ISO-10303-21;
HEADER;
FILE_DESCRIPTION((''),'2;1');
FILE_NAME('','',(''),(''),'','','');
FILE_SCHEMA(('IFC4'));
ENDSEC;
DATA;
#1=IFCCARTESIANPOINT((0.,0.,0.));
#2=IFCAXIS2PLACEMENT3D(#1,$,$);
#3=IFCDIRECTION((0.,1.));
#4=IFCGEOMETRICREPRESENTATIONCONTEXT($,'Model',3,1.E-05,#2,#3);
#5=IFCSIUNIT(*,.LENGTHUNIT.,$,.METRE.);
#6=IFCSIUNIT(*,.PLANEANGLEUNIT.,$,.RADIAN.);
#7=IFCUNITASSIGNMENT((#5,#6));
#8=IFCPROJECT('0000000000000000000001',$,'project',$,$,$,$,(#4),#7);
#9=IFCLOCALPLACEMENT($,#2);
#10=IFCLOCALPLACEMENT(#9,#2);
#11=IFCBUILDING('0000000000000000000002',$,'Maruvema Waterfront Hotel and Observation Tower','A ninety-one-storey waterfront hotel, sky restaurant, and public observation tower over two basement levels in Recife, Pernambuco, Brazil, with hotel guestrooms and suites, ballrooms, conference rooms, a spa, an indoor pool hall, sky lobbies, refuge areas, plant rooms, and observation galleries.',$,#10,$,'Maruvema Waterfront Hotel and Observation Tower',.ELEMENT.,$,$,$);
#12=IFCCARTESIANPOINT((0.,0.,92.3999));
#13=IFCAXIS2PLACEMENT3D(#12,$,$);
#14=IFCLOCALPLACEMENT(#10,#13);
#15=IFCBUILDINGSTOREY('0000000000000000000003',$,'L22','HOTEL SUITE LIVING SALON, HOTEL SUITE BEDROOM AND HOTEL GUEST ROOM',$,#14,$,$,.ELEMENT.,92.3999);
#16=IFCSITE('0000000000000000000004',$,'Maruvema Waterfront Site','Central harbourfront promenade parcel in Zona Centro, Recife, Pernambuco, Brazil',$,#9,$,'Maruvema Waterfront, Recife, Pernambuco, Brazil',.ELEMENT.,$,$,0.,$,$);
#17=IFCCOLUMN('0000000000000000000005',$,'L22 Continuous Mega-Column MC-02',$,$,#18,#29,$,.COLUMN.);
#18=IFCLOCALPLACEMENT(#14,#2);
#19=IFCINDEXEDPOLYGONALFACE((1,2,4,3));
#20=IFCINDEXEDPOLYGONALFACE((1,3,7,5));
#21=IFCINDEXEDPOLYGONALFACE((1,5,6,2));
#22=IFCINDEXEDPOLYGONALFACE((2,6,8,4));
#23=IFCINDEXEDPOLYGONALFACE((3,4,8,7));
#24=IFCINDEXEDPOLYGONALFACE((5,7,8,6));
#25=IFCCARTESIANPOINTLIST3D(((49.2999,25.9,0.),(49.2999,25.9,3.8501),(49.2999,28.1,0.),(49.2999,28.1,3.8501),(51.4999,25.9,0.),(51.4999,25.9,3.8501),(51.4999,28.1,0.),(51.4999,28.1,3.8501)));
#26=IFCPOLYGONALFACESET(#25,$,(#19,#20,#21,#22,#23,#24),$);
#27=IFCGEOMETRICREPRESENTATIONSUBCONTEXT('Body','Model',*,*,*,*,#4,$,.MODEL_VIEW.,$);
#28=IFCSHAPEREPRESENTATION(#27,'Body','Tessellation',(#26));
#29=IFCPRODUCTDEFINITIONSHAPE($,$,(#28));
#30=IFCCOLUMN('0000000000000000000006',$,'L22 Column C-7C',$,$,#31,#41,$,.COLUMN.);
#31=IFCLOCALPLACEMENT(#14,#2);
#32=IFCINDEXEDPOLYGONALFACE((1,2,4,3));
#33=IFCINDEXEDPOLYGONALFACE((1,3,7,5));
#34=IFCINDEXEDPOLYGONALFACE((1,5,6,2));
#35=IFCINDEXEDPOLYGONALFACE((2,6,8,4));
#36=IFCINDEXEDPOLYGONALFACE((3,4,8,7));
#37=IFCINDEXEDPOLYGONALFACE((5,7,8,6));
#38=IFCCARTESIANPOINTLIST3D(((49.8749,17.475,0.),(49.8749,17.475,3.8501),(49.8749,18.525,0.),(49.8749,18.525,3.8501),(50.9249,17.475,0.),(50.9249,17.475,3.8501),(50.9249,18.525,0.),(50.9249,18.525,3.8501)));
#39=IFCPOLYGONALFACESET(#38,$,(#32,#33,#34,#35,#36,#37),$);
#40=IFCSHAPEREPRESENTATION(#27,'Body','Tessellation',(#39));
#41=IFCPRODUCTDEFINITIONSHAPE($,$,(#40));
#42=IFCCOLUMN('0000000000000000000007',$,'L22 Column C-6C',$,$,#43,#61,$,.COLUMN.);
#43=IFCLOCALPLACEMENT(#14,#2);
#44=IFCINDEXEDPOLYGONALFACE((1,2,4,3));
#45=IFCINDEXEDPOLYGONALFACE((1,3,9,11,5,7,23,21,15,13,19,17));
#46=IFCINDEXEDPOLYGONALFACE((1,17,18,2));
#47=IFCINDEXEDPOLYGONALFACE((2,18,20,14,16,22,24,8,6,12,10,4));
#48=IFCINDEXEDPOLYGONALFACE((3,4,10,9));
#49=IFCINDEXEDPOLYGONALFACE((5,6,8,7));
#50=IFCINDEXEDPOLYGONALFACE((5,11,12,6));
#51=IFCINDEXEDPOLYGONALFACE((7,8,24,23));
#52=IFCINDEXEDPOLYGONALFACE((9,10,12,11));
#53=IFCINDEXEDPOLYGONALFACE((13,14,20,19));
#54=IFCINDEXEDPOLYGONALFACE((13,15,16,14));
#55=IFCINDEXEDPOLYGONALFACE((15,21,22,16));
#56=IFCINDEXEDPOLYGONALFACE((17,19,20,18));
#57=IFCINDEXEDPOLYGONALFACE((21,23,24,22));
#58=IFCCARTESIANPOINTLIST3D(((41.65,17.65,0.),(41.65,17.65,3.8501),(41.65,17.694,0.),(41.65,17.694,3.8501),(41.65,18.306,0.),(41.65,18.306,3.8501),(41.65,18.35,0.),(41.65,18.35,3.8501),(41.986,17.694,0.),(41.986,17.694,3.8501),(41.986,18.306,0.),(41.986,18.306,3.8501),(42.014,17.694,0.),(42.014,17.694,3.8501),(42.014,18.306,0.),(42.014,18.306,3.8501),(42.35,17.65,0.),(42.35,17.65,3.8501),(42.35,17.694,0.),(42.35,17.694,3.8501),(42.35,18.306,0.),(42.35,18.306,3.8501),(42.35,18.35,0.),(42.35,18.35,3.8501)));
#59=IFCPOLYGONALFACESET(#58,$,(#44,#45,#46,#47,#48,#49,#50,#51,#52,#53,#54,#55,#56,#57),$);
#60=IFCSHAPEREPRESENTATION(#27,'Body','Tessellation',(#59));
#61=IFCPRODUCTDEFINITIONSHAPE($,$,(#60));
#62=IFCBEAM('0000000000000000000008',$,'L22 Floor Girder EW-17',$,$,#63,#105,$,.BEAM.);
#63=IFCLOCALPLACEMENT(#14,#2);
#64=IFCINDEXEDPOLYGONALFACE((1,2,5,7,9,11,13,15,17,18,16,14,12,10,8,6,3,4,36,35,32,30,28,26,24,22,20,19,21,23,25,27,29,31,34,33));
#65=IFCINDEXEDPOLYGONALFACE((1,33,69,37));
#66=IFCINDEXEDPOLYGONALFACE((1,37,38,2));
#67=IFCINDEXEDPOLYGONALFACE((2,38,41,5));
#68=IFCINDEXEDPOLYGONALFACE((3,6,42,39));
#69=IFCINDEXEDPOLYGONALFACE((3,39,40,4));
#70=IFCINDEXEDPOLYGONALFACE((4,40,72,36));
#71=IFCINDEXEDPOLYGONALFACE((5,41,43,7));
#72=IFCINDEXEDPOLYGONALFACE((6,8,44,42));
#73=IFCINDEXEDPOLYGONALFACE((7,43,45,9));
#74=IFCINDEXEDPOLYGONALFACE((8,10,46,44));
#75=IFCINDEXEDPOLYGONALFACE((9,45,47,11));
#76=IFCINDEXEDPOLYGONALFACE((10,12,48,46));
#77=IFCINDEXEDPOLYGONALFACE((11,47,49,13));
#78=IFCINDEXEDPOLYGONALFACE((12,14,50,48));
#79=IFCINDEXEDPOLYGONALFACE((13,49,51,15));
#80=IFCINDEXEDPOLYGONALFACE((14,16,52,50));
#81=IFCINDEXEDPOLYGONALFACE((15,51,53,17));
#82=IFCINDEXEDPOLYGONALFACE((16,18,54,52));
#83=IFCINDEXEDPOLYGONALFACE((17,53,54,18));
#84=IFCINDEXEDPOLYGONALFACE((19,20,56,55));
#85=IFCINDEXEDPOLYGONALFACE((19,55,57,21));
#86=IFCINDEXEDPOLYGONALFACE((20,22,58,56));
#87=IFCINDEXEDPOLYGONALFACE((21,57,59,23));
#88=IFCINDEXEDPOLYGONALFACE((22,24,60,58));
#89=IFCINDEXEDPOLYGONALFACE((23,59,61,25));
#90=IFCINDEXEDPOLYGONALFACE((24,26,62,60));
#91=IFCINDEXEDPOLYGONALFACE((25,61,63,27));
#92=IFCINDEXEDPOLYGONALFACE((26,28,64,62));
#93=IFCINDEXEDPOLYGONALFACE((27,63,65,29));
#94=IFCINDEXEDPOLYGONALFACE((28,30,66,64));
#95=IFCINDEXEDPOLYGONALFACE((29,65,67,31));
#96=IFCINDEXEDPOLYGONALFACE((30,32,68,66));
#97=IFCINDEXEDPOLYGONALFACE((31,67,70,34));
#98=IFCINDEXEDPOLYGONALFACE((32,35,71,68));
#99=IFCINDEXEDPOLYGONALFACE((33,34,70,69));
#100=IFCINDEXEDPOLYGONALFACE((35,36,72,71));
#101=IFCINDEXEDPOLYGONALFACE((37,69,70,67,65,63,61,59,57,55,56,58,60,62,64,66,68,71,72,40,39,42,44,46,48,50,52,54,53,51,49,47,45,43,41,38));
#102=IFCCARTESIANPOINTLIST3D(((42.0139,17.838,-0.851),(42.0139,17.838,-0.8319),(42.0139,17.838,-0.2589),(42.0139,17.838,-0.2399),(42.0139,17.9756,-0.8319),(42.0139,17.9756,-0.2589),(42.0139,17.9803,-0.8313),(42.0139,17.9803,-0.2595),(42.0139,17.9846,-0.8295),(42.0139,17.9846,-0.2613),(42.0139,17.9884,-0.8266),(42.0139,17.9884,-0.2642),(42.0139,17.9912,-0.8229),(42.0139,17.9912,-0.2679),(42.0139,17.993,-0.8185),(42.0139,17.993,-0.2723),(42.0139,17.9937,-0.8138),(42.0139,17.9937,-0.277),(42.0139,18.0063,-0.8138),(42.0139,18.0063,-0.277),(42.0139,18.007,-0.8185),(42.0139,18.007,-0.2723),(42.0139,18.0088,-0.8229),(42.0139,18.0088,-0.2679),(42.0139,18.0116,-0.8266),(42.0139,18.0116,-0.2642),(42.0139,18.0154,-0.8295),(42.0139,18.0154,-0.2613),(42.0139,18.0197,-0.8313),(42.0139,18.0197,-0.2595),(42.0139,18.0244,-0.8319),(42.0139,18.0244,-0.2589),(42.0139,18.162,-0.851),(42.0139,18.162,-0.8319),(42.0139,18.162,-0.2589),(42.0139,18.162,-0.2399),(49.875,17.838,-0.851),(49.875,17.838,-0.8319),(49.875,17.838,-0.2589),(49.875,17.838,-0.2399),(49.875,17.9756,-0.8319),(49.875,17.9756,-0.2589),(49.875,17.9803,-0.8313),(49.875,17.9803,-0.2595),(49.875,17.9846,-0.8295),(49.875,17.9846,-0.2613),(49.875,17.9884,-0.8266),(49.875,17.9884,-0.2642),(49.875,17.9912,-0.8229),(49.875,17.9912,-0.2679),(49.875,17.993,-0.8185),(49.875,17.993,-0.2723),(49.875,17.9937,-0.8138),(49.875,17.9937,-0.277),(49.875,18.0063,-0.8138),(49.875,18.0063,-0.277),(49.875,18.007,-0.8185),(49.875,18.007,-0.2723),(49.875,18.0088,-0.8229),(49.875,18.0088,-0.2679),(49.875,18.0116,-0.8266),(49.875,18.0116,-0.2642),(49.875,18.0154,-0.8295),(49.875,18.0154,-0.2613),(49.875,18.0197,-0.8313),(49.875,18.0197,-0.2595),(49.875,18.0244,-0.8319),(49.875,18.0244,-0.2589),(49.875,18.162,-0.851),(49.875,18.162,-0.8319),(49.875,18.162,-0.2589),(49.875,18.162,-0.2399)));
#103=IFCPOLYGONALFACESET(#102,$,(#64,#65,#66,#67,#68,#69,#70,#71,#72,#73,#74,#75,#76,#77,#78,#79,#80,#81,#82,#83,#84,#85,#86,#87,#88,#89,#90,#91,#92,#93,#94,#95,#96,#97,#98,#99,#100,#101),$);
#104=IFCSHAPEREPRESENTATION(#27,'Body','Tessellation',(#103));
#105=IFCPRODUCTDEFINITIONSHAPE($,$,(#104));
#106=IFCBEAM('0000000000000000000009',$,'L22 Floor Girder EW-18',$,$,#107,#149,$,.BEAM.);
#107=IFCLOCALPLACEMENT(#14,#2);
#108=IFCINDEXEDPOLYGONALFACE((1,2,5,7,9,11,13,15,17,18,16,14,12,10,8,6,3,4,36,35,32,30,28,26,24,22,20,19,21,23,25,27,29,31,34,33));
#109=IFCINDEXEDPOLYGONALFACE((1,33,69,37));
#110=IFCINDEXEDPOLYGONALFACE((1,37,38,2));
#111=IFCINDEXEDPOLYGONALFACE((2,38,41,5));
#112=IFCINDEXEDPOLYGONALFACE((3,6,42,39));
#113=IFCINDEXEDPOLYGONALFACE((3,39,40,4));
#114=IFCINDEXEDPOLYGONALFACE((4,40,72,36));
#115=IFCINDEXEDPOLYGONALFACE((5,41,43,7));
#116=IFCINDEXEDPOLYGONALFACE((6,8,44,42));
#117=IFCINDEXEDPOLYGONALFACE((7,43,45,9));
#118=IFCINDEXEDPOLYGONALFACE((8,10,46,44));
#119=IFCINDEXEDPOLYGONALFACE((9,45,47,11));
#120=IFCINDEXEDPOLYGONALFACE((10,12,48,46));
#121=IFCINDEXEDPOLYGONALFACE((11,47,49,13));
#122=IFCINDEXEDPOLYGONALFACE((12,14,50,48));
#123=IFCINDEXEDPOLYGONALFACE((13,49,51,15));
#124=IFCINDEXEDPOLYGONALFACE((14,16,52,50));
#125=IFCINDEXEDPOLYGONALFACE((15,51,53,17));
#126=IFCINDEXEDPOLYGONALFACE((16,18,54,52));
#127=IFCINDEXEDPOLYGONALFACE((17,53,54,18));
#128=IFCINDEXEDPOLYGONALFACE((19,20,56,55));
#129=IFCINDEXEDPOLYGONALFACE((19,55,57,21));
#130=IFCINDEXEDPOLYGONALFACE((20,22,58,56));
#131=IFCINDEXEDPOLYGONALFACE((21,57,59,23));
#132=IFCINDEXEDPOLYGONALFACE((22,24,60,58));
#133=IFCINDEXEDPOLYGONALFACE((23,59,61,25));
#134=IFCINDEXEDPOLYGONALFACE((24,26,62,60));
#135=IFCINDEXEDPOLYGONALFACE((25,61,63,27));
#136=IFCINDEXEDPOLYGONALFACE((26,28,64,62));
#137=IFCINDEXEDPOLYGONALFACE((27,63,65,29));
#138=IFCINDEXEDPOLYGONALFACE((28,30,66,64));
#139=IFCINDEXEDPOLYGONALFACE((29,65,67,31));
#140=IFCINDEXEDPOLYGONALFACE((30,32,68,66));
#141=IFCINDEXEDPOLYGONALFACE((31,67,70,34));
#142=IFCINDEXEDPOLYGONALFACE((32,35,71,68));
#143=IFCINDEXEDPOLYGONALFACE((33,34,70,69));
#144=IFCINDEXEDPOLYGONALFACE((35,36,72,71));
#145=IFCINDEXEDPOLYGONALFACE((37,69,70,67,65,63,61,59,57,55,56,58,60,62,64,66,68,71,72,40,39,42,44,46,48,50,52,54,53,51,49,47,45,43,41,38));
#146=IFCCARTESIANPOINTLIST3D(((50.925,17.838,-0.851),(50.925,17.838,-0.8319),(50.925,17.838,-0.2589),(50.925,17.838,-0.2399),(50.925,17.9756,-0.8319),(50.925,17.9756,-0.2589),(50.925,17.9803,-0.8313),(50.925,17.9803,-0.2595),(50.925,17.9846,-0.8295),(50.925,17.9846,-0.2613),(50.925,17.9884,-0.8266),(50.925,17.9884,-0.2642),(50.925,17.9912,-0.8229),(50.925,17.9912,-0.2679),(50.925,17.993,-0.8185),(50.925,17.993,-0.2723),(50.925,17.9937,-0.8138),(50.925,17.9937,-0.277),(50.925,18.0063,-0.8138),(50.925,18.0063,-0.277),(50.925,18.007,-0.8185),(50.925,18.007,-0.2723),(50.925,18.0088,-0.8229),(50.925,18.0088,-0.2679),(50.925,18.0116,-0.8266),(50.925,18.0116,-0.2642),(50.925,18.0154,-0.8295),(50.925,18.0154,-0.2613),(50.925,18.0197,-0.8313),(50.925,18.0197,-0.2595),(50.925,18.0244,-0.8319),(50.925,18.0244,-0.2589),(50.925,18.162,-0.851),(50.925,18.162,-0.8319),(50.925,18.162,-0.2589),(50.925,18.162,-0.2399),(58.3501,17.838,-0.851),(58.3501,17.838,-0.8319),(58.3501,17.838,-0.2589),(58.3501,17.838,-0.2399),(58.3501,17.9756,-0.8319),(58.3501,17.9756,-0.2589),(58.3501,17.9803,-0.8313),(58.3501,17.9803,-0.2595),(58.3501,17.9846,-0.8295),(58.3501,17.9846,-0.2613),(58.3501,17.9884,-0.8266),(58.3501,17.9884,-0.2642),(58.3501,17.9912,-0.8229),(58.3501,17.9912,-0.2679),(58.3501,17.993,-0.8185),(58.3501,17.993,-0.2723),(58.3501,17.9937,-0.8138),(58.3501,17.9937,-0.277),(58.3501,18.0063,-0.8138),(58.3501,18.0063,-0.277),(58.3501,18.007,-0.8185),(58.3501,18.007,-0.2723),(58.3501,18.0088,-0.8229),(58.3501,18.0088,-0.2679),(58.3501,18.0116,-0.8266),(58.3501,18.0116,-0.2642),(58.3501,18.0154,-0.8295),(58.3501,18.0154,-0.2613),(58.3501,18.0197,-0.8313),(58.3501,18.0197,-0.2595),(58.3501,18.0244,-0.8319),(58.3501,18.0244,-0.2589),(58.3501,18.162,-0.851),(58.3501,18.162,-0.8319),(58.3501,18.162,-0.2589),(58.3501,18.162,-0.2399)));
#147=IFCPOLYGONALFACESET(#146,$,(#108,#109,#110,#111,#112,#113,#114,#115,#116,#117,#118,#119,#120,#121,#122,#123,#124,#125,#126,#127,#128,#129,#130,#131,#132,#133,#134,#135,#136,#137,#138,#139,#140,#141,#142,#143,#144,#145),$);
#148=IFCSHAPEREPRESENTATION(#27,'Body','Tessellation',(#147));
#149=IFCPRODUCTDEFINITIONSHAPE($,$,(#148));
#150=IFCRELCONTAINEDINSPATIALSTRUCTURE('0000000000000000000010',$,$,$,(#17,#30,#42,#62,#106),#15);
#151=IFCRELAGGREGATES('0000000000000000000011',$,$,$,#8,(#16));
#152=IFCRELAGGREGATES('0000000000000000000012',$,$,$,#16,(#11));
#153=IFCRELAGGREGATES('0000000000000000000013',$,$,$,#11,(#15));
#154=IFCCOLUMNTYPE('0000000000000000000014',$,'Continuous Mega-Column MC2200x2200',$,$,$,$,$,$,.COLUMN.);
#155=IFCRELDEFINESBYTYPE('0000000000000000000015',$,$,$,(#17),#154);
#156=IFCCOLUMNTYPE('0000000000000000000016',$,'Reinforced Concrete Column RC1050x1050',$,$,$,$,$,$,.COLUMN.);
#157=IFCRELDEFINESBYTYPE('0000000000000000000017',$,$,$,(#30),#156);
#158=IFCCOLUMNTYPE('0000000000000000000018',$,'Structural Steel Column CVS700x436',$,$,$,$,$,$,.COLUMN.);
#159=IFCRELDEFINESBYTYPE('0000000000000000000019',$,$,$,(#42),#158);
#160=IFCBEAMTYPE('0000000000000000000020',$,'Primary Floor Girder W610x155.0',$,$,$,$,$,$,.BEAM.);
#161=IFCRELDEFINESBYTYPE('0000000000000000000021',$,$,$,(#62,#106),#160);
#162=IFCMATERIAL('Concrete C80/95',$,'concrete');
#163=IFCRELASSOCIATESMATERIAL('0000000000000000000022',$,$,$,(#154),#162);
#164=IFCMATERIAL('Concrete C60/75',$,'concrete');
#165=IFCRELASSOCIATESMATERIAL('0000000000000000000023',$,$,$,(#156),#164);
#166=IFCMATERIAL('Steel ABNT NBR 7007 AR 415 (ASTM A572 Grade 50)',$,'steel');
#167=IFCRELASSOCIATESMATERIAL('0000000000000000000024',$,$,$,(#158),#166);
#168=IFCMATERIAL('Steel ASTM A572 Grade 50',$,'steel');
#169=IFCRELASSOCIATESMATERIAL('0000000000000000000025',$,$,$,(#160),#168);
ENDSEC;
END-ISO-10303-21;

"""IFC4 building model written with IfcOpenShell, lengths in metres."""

from ifc_helpers import new_model, si_unit, direction, frame, origin, origin_2d, place, context, subcontext, project, spatial, rectangle, i_section, extrude, material, material_profile, profile_set, type_object, element, save


model = new_model("IFC4")

# Units and contexts
model_context = context("Model", 3, precision=1e-05, world=origin(), true_north=direction((0.0, 1.0)))
body_context = subcontext(model_context, "Body", "Model", "MODEL_VIEW")
ifc_project = project(units=[si_unit("LENGTHUNIT", "METRE"), si_unit("PLANEANGLEUNIT", "RADIAN")], contexts=[model_context])

# Site, building, storey
site_placement = place(None, origin())
site = spatial("IfcSite", under=ifc_project, at=site_placement, Name="Maruvema Waterfront Site", Description="Central harbourfront promenade parcel in Zona Centro, Recife, Pernambuco, Brazil", LongName="Maruvema Waterfront, Recife, Pernambuco, Brazil", CompositionType="ELEMENT", RefElevation=0.0)
building_placement = place(site_placement, origin())
building = spatial("IfcBuilding", under=site, at=building_placement, Name="Maruvema Waterfront Hotel and Observation Tower", Description="A ninety-one-storey waterfront hotel, sky restaurant, and public observation tower over two basement levels in Recife, Pernambuco, Brazil, with hotel guestrooms and suites, ballrooms, conference rooms, a spa, an indoor pool hall, sky lobbies, refuge areas, plant rooms, and observation galleries.", LongName="Maruvema Waterfront Hotel and Observation Tower", CompositionType="ELEMENT")
storey_placement = place(building_placement, frame((0.0, 0.0, 92.3999)))
storey = spatial("IfcBuildingStorey", under=building, at=storey_placement, Name="L22", Description="HOTEL SUITE LIVING SALON, HOTEL SUITE BEDROOM AND HOTEL GUEST ROOM", CompositionType="ELEMENT", Elevation=92.3999)

# Columns
ifc_material_1 = material(Name="Concrete C80/95", Category="concrete")
ifc_material_profile_1 = material_profile(ifc_material_1, rectangle(XDim=2.2, YDim=2.2, at=origin_2d()), Name="MC2200x2200")
ifc_profile_set_1 = profile_set([ifc_material_profile_1], Name="Concrete C80/95")
column_type_1 = type_object("IfcColumnType", Name="Continuous Mega-Column MC2200x2200", PredefinedType="COLUMN", material=ifc_profile_set_1)
column_1_placement = place(storey_placement, frame((50.3999, 27.0, 0.0), z_axis=(0.0, 0.0, 1.0), x_axis=(1.0, 0.0, 0.0)))
element("IfcColumn", 1, at=column_1_placement, inside=storey, type_object=column_type_1, Name="L22 Continuous Mega-Column MC-02", PredefinedType="COLUMN", context=body_context, shape_type="SweptSolid", body=[
    extrude(rectangle(XDim=2.2, YDim=2.2, at=origin_2d()), origin(), (0.0, 0.0, 1.0), 3.8501),
])
ifc_material_2 = material(Name="Concrete C60/75", Category="concrete")
ifc_material_profile_2 = material_profile(ifc_material_2, rectangle(XDim=1.05, YDim=1.05, at=origin_2d()), Name="RC1050x1050")
ifc_profile_set_2 = profile_set([ifc_material_profile_2], Name="Concrete C60/75")
column_type_2 = type_object("IfcColumnType", Name="Reinforced Concrete Column RC1050x1050", PredefinedType="COLUMN", material=ifc_profile_set_2)
column_2_placement = place(storey_placement, frame((50.3999, 18.0, 0.0), z_axis=(0.0, 0.0, 1.0), x_axis=(1.0, 0.0, 0.0)))
element("IfcColumn", 2, at=column_2_placement, inside=storey, type_object=column_type_2, Name="L22 Column C-7C", PredefinedType="COLUMN", context=body_context, shape_type="SweptSolid", body=[
    extrude(rectangle(XDim=1.05, YDim=1.05, at=origin_2d()), origin(), (0.0, 0.0, 1.0), 3.8501),
])
ifc_material_3 = material(Name="Steel ABNT NBR 7007 AR 415 (ASTM A572 Grade 50)", Category="steel")
ifc_material_profile_3 = material_profile(ifc_material_3, i_section(OverallWidth=0.7, OverallDepth=0.7, WebThickness=0.0281, FlangeThickness=0.0439, at=origin_2d()), Name="CVS700x436")
ifc_profile_set_3 = profile_set([ifc_material_profile_3], Name="Steel ABNT NBR 7007 AR 415 (ASTM A572 Grade 50)")
column_type_3 = type_object("IfcColumnType", Name="Structural Steel Column CVS700x436", PredefinedType="COLUMN", material=ifc_profile_set_3)
column_3_placement = place(storey_placement, frame((42.0, 18.0, 0.0), z_axis=(0.0, 0.0, 1.0), x_axis=(1.0, 0.0, 0.0)))
element("IfcColumn", 3, at=column_3_placement, inside=storey, type_object=column_type_3, Name="L22 Column C-6C", PredefinedType="COLUMN", context=body_context, shape_type="SweptSolid", body=[
    extrude(i_section(OverallWidth=0.7, OverallDepth=0.7, WebThickness=0.0281, FlangeThickness=0.0439, at=origin_2d()), origin(), (0.0, 0.0, 1.0), 3.8501),
])

# Beams
ifc_material_4 = material(Name="Steel ASTM A572 Grade 50", Category="steel")
ifc_material_profile_4 = material_profile(ifc_material_4, i_section(OverallWidth=0.324, OverallDepth=0.6111, WebThickness=0.0127, FlangeThickness=0.019, FilletRadius=0.0181, at=origin_2d()), Name="W610x155.0")
ifc_profile_set_4 = profile_set([ifc_material_profile_4], Name="Steel ASTM A572 Grade 50")
beam_type_1 = type_object("IfcBeamType", Name="Primary Floor Girder W610x155.0", PredefinedType="BEAM", material=ifc_profile_set_4)
beam_1_placement = place(storey_placement, frame((42.0139, 18.0, -0.5454), z_axis=(1.0, 0.0, 0.0), x_axis=(0.0, 1.0, 0.0)))
element("IfcBeam", 4, at=beam_1_placement, inside=storey, type_object=beam_type_1, Name="L22 Floor Girder EW-17", PredefinedType="BEAM", context=body_context, shape_type="SweptSolid", body=[
    extrude(i_section(OverallWidth=0.324, OverallDepth=0.6111, WebThickness=0.0127, FlangeThickness=0.019, FilletRadius=0.0181, at=origin_2d()), origin(), (0.0, 0.0, 1.0), 7.8611),
])
beam_2_placement = place(storey_placement, frame((50.925, 18.0, -0.5454), z_axis=(1.0, 0.0, 0.0), x_axis=(0.0, 1.0, 0.0)))
element("IfcBeam", 5, at=beam_2_placement, inside=storey, type_object=beam_type_1, Name="L22 Floor Girder EW-18", PredefinedType="BEAM", context=body_context, shape_type="SweptSolid", body=[
    extrude(i_section(OverallWidth=0.324, OverallDepth=0.6111, WebThickness=0.0127, FlangeThickness=0.019, FilletRadius=0.0181, at=origin_2d()), origin(), (0.0, 0.0, 1.0), 7.425),
])

save(model, "model.ifc")
